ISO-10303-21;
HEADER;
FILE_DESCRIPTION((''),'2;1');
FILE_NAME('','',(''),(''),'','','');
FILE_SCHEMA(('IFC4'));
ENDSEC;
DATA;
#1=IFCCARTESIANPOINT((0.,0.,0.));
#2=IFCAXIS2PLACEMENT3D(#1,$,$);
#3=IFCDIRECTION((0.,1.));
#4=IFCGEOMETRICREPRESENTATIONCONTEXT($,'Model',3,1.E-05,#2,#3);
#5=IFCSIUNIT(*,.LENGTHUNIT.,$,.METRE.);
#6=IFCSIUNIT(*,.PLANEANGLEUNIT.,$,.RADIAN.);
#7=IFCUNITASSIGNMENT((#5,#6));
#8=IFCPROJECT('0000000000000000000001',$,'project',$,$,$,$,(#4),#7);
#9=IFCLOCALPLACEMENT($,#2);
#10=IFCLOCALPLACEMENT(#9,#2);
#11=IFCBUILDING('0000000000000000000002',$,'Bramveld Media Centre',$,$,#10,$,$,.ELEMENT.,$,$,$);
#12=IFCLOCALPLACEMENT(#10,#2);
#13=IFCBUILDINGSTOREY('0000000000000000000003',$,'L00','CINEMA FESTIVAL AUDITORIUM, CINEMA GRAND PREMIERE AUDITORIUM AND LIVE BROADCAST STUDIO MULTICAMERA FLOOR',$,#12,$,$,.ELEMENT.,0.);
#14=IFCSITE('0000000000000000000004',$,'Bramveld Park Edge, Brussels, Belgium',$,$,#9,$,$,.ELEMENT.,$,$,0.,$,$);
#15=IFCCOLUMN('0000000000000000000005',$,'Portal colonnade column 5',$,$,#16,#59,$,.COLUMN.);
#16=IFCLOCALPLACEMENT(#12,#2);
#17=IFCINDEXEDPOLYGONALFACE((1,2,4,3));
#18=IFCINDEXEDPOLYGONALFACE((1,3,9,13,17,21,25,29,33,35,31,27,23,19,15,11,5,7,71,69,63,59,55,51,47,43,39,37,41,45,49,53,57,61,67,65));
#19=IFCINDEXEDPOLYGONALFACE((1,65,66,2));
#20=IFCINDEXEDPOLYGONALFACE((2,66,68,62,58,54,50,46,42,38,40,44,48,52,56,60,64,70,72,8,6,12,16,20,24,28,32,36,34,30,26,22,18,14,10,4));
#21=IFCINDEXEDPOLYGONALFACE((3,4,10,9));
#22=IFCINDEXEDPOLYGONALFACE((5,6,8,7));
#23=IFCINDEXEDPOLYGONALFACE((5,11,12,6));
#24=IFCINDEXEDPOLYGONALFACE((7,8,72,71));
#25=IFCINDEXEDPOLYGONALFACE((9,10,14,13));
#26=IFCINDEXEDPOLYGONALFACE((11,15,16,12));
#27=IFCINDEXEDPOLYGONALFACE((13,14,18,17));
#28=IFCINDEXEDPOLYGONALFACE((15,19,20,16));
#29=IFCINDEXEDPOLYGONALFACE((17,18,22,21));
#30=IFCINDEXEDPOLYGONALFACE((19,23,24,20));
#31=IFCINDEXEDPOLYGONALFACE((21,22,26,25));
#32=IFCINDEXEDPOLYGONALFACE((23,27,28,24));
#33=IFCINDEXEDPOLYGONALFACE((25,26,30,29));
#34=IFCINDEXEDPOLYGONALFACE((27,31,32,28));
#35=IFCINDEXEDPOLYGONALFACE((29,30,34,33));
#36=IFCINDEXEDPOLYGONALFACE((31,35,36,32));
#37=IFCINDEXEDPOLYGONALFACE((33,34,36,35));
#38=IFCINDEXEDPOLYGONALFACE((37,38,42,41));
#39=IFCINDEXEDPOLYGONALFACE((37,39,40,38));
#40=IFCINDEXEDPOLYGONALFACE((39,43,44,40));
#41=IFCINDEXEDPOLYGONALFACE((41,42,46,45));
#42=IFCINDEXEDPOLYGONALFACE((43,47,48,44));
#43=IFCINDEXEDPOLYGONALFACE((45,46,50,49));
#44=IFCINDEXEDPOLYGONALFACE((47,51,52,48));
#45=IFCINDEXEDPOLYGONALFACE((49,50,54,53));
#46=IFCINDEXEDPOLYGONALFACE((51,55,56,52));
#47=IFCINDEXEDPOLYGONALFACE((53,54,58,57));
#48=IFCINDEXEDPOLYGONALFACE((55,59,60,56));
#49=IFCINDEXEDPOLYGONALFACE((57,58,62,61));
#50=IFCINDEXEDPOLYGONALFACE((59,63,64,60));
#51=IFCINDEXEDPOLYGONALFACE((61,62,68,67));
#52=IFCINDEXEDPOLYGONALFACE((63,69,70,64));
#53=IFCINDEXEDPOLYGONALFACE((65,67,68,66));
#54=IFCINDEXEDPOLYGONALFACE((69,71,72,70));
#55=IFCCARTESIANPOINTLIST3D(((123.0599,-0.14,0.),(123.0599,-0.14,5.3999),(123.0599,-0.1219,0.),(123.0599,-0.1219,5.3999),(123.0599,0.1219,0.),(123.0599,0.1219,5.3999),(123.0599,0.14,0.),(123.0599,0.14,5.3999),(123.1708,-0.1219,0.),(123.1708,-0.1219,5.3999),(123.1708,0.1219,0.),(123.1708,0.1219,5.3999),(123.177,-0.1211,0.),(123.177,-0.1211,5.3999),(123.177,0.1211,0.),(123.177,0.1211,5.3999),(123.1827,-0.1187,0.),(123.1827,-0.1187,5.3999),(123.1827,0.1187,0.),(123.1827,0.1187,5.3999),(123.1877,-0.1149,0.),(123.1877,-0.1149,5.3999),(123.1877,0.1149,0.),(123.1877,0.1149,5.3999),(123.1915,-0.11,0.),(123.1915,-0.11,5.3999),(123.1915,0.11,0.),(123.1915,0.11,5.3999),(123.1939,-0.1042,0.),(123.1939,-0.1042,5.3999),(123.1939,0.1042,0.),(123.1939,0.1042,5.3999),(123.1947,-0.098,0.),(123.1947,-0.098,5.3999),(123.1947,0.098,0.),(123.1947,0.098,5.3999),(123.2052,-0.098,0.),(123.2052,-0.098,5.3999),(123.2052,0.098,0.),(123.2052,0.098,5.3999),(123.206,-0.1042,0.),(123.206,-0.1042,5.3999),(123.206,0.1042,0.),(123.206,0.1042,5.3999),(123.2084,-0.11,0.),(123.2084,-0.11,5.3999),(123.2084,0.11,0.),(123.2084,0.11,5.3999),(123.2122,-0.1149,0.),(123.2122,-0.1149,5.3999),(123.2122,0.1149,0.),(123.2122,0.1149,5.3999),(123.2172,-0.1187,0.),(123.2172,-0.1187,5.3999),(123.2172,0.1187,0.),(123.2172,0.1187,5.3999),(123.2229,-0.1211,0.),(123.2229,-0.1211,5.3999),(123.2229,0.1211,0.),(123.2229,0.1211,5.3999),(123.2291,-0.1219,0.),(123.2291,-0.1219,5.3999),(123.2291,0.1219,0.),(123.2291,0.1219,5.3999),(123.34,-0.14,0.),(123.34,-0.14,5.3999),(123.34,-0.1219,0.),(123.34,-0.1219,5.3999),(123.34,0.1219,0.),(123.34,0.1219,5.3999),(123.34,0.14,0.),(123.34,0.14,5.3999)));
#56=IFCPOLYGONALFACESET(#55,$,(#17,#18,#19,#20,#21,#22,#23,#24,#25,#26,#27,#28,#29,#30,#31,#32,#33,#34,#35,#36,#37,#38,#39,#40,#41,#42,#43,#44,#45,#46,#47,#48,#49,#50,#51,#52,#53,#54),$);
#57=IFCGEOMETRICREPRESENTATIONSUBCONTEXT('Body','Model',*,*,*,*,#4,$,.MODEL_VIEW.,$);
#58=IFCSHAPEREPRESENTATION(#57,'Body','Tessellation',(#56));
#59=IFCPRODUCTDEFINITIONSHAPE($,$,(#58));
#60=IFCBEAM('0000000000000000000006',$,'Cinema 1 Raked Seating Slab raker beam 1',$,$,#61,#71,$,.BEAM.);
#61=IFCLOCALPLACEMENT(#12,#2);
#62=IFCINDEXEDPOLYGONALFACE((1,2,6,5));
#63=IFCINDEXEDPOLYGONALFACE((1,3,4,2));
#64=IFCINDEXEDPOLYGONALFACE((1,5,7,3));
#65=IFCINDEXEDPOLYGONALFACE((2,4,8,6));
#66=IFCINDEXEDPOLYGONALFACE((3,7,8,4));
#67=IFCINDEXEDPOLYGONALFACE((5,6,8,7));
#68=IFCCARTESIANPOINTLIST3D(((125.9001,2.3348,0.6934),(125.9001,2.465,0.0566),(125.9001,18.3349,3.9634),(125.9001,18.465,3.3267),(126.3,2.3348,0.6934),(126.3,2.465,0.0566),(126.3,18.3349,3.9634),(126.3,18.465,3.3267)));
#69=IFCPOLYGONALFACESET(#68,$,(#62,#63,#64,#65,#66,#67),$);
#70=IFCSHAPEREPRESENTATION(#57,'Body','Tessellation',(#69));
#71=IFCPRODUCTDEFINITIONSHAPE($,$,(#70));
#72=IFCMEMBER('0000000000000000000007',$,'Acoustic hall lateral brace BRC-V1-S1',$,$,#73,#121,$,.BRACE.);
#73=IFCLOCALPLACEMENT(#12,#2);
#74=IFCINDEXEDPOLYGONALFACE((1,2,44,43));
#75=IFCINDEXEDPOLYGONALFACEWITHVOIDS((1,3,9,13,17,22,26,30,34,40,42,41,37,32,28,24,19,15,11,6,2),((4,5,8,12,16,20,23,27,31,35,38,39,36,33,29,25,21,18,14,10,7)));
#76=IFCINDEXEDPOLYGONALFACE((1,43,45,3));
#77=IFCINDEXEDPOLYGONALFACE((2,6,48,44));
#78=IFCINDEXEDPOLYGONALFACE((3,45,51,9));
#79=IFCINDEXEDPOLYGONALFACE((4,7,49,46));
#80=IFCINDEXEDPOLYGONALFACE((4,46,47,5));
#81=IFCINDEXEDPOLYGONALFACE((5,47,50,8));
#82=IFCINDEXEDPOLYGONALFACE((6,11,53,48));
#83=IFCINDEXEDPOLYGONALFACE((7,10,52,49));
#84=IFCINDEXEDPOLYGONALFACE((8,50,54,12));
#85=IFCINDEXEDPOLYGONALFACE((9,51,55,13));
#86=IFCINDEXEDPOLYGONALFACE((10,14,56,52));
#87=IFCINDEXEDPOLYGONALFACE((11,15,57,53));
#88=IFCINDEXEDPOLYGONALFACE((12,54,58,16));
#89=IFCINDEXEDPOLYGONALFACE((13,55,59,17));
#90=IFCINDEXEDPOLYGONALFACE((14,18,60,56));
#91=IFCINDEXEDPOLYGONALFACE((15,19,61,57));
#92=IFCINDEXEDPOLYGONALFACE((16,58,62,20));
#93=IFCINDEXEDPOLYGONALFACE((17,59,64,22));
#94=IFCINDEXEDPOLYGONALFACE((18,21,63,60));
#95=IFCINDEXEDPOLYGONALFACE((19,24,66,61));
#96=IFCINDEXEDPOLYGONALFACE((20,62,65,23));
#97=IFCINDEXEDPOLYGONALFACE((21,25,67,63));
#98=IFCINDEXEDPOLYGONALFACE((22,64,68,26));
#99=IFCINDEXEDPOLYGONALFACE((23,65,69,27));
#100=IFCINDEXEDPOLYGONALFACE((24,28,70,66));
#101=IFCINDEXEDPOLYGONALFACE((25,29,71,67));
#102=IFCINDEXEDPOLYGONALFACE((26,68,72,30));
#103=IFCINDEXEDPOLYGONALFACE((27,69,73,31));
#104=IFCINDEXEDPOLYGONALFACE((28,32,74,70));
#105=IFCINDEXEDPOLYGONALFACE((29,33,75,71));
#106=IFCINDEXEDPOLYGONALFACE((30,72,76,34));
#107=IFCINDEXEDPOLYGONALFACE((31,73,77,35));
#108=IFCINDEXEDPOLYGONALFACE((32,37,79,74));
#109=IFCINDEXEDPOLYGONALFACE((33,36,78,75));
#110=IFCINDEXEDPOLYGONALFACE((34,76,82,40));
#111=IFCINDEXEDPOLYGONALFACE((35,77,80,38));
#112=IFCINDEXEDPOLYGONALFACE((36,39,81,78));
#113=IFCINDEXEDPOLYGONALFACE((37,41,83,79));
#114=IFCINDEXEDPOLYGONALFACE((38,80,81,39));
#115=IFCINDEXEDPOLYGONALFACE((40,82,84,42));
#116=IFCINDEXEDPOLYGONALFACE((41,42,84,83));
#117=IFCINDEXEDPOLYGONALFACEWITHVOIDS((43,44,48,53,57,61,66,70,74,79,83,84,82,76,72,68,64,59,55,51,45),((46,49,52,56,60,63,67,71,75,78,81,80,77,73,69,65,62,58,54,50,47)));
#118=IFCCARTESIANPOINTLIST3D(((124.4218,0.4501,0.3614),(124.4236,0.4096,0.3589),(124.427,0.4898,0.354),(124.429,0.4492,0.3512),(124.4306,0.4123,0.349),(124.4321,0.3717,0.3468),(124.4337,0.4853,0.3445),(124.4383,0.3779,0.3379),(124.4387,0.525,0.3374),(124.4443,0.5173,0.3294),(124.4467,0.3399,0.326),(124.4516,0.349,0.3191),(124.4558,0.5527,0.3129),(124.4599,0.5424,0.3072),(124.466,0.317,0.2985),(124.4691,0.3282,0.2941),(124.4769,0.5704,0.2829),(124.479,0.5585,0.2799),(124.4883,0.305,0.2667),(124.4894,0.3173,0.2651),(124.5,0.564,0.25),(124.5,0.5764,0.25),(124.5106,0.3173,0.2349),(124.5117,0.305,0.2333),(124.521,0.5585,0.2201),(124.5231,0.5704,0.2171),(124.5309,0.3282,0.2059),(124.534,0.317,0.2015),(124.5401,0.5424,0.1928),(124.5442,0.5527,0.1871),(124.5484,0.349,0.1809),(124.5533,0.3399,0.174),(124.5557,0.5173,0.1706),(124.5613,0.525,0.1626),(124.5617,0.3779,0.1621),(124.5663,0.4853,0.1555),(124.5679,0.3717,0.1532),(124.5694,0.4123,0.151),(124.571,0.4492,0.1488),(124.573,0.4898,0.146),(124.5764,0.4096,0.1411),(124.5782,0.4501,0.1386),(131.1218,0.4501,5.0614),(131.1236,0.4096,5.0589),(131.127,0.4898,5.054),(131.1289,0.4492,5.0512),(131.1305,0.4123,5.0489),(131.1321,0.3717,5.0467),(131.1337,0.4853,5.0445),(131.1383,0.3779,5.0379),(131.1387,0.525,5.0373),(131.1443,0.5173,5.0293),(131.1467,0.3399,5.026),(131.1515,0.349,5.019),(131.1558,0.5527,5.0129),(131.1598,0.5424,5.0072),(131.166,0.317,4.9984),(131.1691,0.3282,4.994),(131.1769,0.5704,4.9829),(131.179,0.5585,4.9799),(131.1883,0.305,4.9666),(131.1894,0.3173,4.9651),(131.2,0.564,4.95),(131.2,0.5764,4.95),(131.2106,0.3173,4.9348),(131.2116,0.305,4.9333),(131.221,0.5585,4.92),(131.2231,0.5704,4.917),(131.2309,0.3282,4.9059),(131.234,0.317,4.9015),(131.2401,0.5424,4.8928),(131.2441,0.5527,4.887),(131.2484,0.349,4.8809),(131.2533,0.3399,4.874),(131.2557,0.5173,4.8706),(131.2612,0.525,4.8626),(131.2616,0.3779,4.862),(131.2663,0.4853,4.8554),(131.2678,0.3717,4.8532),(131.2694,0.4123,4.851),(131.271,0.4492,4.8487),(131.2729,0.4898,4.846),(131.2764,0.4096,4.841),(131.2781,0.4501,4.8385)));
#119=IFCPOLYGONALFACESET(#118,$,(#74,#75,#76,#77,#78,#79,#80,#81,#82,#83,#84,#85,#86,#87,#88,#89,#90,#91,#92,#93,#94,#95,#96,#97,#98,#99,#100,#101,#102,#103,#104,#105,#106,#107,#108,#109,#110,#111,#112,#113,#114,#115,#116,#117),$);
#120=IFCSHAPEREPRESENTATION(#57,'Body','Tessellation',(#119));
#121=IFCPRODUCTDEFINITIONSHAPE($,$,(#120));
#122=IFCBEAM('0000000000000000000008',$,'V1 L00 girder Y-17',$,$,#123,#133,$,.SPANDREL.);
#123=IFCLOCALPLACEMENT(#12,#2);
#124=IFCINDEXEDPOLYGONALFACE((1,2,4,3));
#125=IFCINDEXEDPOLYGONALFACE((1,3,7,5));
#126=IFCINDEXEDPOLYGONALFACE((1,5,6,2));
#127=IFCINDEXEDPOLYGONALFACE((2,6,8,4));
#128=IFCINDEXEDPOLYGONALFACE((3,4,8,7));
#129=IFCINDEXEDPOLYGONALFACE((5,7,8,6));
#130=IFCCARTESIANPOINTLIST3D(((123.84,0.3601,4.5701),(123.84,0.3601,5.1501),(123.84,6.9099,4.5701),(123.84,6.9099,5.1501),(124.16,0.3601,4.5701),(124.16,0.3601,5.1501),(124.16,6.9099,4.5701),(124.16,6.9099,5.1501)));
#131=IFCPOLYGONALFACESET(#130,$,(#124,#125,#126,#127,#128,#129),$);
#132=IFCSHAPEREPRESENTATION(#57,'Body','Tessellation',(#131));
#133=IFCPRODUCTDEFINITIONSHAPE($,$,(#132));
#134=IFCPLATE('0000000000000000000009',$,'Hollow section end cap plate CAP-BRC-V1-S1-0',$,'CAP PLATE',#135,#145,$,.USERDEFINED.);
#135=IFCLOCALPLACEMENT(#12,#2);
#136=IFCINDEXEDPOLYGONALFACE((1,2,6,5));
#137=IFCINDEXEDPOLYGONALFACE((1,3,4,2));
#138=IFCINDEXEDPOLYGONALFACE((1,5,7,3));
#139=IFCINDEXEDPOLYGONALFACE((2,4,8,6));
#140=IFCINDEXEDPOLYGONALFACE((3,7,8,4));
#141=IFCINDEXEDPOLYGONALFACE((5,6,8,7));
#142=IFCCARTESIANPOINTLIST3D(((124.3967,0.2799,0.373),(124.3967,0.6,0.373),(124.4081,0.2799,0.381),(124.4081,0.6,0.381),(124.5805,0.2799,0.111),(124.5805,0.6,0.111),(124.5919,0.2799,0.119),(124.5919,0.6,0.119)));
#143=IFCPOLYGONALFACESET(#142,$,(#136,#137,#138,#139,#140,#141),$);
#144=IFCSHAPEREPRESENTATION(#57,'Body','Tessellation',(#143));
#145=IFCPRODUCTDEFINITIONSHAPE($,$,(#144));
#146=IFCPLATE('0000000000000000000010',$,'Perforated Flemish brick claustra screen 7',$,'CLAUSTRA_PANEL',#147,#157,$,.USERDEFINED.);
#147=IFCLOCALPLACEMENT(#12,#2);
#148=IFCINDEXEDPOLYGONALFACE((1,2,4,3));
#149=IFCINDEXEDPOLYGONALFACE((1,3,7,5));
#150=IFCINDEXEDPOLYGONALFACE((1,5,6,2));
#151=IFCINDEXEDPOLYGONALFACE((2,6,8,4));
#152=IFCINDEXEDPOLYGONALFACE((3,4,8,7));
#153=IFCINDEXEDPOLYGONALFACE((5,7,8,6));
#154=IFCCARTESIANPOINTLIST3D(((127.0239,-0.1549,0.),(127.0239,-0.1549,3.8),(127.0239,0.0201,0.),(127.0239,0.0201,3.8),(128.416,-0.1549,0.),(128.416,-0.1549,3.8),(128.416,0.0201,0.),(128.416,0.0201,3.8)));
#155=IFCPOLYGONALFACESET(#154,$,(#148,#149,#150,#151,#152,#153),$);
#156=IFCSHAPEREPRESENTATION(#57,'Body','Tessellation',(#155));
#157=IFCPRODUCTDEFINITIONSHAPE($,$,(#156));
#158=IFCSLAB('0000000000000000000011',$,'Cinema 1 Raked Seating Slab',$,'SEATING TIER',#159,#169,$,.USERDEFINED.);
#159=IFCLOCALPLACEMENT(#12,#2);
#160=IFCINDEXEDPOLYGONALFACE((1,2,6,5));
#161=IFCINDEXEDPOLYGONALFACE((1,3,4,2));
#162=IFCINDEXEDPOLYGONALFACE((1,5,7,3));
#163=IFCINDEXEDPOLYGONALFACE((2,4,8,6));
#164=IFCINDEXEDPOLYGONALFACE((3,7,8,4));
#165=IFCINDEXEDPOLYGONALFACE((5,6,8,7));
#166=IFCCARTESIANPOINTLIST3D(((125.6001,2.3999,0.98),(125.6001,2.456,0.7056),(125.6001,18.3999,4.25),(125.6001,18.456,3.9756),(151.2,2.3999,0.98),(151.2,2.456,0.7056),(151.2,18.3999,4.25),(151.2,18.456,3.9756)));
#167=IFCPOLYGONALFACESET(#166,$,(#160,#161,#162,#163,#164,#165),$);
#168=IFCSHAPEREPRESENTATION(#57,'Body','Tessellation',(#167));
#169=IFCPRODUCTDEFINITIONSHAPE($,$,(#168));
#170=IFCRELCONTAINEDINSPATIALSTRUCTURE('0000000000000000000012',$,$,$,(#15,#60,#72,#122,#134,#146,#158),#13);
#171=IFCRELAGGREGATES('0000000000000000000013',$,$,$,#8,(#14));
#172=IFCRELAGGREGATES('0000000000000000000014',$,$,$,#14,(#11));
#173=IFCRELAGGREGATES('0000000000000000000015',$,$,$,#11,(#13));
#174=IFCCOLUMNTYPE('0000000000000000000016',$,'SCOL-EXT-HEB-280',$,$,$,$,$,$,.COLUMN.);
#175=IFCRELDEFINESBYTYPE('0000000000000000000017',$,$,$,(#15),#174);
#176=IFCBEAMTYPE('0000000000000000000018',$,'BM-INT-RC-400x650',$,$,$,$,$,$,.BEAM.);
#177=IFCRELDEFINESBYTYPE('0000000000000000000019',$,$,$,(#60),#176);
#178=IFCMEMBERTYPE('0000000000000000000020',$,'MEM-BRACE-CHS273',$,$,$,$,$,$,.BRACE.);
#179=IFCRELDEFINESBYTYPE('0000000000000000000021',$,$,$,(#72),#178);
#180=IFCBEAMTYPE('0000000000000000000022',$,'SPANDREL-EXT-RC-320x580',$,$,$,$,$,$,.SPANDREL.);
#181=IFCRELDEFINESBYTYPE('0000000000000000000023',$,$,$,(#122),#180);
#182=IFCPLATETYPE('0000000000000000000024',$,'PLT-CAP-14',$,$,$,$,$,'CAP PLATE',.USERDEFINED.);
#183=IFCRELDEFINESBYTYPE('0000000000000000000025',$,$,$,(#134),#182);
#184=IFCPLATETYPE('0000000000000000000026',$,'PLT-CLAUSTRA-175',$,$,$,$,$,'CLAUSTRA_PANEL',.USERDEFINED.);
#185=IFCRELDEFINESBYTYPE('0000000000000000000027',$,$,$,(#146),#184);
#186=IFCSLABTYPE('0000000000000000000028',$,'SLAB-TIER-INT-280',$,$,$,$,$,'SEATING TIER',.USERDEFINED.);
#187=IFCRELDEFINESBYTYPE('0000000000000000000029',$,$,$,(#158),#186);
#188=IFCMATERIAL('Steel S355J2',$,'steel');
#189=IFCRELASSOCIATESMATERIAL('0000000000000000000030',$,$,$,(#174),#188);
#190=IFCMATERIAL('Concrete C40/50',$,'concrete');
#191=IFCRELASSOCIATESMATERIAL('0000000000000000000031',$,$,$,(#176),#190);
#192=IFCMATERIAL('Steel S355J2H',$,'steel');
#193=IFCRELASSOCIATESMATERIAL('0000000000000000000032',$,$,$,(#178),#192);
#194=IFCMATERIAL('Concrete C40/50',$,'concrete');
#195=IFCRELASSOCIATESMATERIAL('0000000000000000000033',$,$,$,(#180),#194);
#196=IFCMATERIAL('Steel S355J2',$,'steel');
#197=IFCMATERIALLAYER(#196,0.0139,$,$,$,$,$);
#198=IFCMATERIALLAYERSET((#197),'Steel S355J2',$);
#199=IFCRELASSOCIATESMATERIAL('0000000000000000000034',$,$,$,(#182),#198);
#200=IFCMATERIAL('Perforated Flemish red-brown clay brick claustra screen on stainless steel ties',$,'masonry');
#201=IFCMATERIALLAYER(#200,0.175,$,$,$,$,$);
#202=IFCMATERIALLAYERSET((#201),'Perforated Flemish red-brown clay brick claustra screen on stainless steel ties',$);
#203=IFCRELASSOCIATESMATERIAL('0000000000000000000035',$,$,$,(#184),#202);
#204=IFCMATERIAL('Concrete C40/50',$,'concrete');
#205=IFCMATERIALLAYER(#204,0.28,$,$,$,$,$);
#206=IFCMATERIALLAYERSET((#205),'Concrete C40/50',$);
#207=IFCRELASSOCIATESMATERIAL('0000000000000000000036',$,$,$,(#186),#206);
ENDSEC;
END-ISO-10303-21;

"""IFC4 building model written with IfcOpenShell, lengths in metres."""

from ifc_helpers import new_model, si_unit, direction, frame, origin, origin_2d, place, context, subcontext, project, spatial, polyline, rectangle, hollow_circle, i_section, outline, extrude, material, layer, layer_set, material_profile, profile_set, type_object, element, save


model = new_model("IFC4")

# Units and contexts
model_context = context("Model", 3, precision=1e-05, world=origin(), true_north=direction((0.0, 1.0)))
body_context = subcontext(model_context, "Body", "Model", "MODEL_VIEW")
ifc_project = project(units=[si_unit("LENGTHUNIT", "METRE"), si_unit("PLANEANGLEUNIT", "RADIAN")], contexts=[model_context])

# Site, building, storey
site_placement = place(None, origin())
site = spatial("IfcSite", under=ifc_project, at=site_placement, Name="Bramveld Park Edge, Brussels, Belgium", CompositionType="ELEMENT", RefElevation=0.0)
building_placement = place(site_placement, origin())
building = spatial("IfcBuilding", under=site, at=building_placement, Name="Bramveld Media Centre", CompositionType="ELEMENT")
storey_placement = place(building_placement, origin())
storey = spatial("IfcBuildingStorey", under=building, at=storey_placement, Name="L00", Description="CINEMA FESTIVAL AUDITORIUM, CINEMA GRAND PREMIERE AUDITORIUM AND LIVE BROADCAST STUDIO MULTICAMERA FLOOR", CompositionType="ELEMENT", Elevation=0.0)

# Column
ifc_material_1 = material(Name="Steel S355J2", Category="steel")
ifc_material_profile_1 = material_profile(ifc_material_1, i_section(OverallWidth=0.28, OverallDepth=0.28, WebThickness=0.0105, FlangeThickness=0.0181, FilletRadius=0.0239, at=origin_2d()), Name="HEB 280")
ifc_profile_set_1 = profile_set([ifc_material_profile_1], Name="Steel S355J2")
column_type_1 = type_object("IfcColumnType", Name="SCOL-EXT-HEB-280", PredefinedType="COLUMN", material=ifc_profile_set_1)
column_1_placement = place(storey_placement, frame((123.2, 0.0, 0.0), z_axis=(0.0, 0.0, 1.0), x_axis=(1.0, 0.0, 0.0)))
element("IfcColumn", 1, at=column_1_placement, inside=storey, type_object=column_type_1, Name="Portal colonnade column 5", PredefinedType="COLUMN", context=body_context, shape_type="SweptSolid", body=[
    extrude(i_section(OverallWidth=0.28, OverallDepth=0.28, WebThickness=0.0105, FlangeThickness=0.0181, FilletRadius=0.0239, at=origin_2d()), origin(), (0.0, 0.0, 1.0), 5.3999),
])

# Beam
ifc_material_2 = material(Name="Concrete C40/50", Category="concrete")
ifc_material_profile_2 = material_profile(ifc_material_2, rectangle(XDim=0.3999, YDim=0.6499, at=origin_2d()), Name="RC 400x650")
ifc_profile_set_2 = profile_set([ifc_material_profile_2], Name="Concrete C40/50")
beam_type_1 = type_object("IfcBeamType", Name="BM-INT-RC-400x650", PredefinedType="BEAM", material=ifc_profile_set_2)
beam_1_placement = place(storey_placement, frame((126.1001, 2.3999, 0.375), z_axis=(0.0, 0.979747, 0.200237), x_axis=(-1.0, 0.0, 0.0)))
element("IfcBeam", 2, at=beam_1_placement, inside=storey, type_object=beam_type_1, Name="Cinema 1 Raked Seating Slab raker beam 1", PredefinedType="BEAM", context=body_context, shape_type="SweptSolid", body=[
    extrude(rectangle(XDim=0.3999, YDim=0.6499, at=origin_2d()), origin(), (0.0, 0.0, 1.0), 16.3308),
])

# Member
ifc_material_3 = material(Name="Steel S355J2H", Category="steel")
ifc_material_profile_3 = material_profile(ifc_material_3, hollow_circle(Radius=0.1365, WallThickness=0.0125, at=origin_2d()), Name="CHS 273x12.5")
ifc_profile_set_3 = profile_set([ifc_material_profile_3], Name="Steel S355J2H")
member_type = type_object("IfcMemberType", Name="MEM-BRACE-CHS273", PredefinedType="BRACE", material=ifc_profile_set_3)
member_placement = place(storey_placement, frame((124.5, 0.4399, 0.25), z_axis=(0.818658, 0.0, 0.574281), x_axis=(0.0, 1.0, 0.0)))
element("IfcMember", 3, at=member_placement, inside=storey, type_object=member_type, Name="Acoustic hall lateral brace BRC-V1-S1", PredefinedType="BRACE", context=body_context, shape_type="SweptSolid", body=[
    extrude(hollow_circle(Radius=0.1365, WallThickness=0.0125, at=origin_2d()), origin(), (0.0, 0.0, 1.0), 8.1841),
])

# Beam
ifc_material_4 = material(Name="Concrete C40/50", Category="concrete")
ifc_material_profile_4 = material_profile(ifc_material_4, rectangle(XDim=0.3201, YDim=0.5801, at=origin_2d()), Name="RC 320x580")
ifc_profile_set_4 = profile_set([ifc_material_profile_4], Name="Concrete C40/50")
beam_type_2 = type_object("IfcBeamType", Name="SPANDREL-EXT-RC-320x580", PredefinedType="SPANDREL", material=ifc_profile_set_4)
beam_2_placement = place(storey_placement, frame((124.0, 0.3601, 4.8601), z_axis=(0.0, 1.0, 0.0), x_axis=(-1.0, 0.0, 0.0)))
element("IfcBeam", 4, at=beam_2_placement, inside=storey, type_object=beam_type_2, Name="V1 L00 girder Y-17", PredefinedType="SPANDREL", context=body_context, shape_type="SweptSolid", body=[
    extrude(rectangle(XDim=0.3201, YDim=0.5801, at=origin_2d()), origin(), (0.0, 0.0, 1.0), 6.5498),
])

# Plates
ifc_material_5 = material(Name="Steel S355J2", Category="steel")
ifc_layer_1 = layer(ifc_material_5, 0.0139)
ifc_layer_set_1 = layer_set([ifc_layer_1], Name="Steel S355J2")
plate_type_1 = type_object("IfcPlateType", Name="PLT-CAP-14", ElementType="CAP PLATE", PredefinedType="USERDEFINED", material=ifc_layer_set_1)
plate_1_placement = place(storey_placement, frame((124.5, 0.4399, 0.25), z_axis=(-0.818657, 0.0, -0.574282), x_axis=(0.0, -1.0, 0.0)))
element("IfcPlate", 5, at=plate_1_placement, inside=storey, type_object=plate_type_1, Name="Hollow section end cap plate CAP-BRC-V1-S1-0", ObjectType="CAP PLATE", PredefinedType="USERDEFINED", context=body_context, shape_type="SweptSolid", body=[
    extrude(rectangle(XDim=0.3201, YDim=0.3201, at=origin_2d()), origin(), (0.0, 0.0, 1.0), 0.0139),
])
ifc_material_6 = material(Name="Perforated Flemish red-brown clay brick claustra screen on stainless steel ties", Category="masonry")
ifc_layer_2 = layer(ifc_material_6, 0.175)
ifc_layer_set_2 = layer_set([ifc_layer_2], Name="Perforated Flemish red-brown clay brick claustra screen on stainless steel ties")
plate_type_2 = type_object("IfcPlateType", Name="PLT-CLAUSTRA-175", ElementType="CLAUSTRA_PANEL", PredefinedType="USERDEFINED", material=ifc_layer_set_2)
plate_2_placement = place(storey_placement, frame((127.72, -0.0674, 0.0), z_axis=(0.0, 0.0, 1.0), x_axis=(1.0, 0.0, 0.0)))
element("IfcPlate", 6, at=plate_2_placement, inside=storey, type_object=plate_type_2, Name="Perforated Flemish brick claustra screen 7", ObjectType="CLAUSTRA_PANEL", PredefinedType="USERDEFINED", context=body_context, shape_type="SweptSolid", body=[
    extrude(rectangle(XDim=1.3921, YDim=0.175, at=origin_2d()), origin(), (0.0, 0.0, 1.0), 3.8),
])

# Slab
ifc_material_7 = material(Name="Concrete C40/50", Category="concrete")
ifc_layer_3 = layer(ifc_material_7, 0.28)
ifc_layer_set_3 = layer_set([ifc_layer_3], Name="Concrete C40/50")
slab_type = type_object("IfcSlabType", Name="SLAB-TIER-INT-280", ElementType="SEATING TIER", PredefinedType="USERDEFINED", material=ifc_layer_set_3)
slab_placement = place(storey_placement, frame((125.6001, 2.3999, 0.98), z_axis=(0.0, -0.200237, 0.979747), x_axis=(1.0, 0.0, 0.0)))
element("IfcSlab", 7, at=slab_placement, inside=storey, type_object=slab_type, Name="Cinema 1 Raked Seating Slab", ObjectType="SEATING TIER", PredefinedType="USERDEFINED", context=body_context, shape_type="SweptSolid", body=[
    extrude(outline(polyline([(0.0, 0.0), (25.5999, 0.0), (25.5999, 16.3307), (0.0, 16.3307), (0.0, 0.0)])), origin(), (0.0, 0.0, -1.0), 0.28),
])

save(model, "model.ifc")
